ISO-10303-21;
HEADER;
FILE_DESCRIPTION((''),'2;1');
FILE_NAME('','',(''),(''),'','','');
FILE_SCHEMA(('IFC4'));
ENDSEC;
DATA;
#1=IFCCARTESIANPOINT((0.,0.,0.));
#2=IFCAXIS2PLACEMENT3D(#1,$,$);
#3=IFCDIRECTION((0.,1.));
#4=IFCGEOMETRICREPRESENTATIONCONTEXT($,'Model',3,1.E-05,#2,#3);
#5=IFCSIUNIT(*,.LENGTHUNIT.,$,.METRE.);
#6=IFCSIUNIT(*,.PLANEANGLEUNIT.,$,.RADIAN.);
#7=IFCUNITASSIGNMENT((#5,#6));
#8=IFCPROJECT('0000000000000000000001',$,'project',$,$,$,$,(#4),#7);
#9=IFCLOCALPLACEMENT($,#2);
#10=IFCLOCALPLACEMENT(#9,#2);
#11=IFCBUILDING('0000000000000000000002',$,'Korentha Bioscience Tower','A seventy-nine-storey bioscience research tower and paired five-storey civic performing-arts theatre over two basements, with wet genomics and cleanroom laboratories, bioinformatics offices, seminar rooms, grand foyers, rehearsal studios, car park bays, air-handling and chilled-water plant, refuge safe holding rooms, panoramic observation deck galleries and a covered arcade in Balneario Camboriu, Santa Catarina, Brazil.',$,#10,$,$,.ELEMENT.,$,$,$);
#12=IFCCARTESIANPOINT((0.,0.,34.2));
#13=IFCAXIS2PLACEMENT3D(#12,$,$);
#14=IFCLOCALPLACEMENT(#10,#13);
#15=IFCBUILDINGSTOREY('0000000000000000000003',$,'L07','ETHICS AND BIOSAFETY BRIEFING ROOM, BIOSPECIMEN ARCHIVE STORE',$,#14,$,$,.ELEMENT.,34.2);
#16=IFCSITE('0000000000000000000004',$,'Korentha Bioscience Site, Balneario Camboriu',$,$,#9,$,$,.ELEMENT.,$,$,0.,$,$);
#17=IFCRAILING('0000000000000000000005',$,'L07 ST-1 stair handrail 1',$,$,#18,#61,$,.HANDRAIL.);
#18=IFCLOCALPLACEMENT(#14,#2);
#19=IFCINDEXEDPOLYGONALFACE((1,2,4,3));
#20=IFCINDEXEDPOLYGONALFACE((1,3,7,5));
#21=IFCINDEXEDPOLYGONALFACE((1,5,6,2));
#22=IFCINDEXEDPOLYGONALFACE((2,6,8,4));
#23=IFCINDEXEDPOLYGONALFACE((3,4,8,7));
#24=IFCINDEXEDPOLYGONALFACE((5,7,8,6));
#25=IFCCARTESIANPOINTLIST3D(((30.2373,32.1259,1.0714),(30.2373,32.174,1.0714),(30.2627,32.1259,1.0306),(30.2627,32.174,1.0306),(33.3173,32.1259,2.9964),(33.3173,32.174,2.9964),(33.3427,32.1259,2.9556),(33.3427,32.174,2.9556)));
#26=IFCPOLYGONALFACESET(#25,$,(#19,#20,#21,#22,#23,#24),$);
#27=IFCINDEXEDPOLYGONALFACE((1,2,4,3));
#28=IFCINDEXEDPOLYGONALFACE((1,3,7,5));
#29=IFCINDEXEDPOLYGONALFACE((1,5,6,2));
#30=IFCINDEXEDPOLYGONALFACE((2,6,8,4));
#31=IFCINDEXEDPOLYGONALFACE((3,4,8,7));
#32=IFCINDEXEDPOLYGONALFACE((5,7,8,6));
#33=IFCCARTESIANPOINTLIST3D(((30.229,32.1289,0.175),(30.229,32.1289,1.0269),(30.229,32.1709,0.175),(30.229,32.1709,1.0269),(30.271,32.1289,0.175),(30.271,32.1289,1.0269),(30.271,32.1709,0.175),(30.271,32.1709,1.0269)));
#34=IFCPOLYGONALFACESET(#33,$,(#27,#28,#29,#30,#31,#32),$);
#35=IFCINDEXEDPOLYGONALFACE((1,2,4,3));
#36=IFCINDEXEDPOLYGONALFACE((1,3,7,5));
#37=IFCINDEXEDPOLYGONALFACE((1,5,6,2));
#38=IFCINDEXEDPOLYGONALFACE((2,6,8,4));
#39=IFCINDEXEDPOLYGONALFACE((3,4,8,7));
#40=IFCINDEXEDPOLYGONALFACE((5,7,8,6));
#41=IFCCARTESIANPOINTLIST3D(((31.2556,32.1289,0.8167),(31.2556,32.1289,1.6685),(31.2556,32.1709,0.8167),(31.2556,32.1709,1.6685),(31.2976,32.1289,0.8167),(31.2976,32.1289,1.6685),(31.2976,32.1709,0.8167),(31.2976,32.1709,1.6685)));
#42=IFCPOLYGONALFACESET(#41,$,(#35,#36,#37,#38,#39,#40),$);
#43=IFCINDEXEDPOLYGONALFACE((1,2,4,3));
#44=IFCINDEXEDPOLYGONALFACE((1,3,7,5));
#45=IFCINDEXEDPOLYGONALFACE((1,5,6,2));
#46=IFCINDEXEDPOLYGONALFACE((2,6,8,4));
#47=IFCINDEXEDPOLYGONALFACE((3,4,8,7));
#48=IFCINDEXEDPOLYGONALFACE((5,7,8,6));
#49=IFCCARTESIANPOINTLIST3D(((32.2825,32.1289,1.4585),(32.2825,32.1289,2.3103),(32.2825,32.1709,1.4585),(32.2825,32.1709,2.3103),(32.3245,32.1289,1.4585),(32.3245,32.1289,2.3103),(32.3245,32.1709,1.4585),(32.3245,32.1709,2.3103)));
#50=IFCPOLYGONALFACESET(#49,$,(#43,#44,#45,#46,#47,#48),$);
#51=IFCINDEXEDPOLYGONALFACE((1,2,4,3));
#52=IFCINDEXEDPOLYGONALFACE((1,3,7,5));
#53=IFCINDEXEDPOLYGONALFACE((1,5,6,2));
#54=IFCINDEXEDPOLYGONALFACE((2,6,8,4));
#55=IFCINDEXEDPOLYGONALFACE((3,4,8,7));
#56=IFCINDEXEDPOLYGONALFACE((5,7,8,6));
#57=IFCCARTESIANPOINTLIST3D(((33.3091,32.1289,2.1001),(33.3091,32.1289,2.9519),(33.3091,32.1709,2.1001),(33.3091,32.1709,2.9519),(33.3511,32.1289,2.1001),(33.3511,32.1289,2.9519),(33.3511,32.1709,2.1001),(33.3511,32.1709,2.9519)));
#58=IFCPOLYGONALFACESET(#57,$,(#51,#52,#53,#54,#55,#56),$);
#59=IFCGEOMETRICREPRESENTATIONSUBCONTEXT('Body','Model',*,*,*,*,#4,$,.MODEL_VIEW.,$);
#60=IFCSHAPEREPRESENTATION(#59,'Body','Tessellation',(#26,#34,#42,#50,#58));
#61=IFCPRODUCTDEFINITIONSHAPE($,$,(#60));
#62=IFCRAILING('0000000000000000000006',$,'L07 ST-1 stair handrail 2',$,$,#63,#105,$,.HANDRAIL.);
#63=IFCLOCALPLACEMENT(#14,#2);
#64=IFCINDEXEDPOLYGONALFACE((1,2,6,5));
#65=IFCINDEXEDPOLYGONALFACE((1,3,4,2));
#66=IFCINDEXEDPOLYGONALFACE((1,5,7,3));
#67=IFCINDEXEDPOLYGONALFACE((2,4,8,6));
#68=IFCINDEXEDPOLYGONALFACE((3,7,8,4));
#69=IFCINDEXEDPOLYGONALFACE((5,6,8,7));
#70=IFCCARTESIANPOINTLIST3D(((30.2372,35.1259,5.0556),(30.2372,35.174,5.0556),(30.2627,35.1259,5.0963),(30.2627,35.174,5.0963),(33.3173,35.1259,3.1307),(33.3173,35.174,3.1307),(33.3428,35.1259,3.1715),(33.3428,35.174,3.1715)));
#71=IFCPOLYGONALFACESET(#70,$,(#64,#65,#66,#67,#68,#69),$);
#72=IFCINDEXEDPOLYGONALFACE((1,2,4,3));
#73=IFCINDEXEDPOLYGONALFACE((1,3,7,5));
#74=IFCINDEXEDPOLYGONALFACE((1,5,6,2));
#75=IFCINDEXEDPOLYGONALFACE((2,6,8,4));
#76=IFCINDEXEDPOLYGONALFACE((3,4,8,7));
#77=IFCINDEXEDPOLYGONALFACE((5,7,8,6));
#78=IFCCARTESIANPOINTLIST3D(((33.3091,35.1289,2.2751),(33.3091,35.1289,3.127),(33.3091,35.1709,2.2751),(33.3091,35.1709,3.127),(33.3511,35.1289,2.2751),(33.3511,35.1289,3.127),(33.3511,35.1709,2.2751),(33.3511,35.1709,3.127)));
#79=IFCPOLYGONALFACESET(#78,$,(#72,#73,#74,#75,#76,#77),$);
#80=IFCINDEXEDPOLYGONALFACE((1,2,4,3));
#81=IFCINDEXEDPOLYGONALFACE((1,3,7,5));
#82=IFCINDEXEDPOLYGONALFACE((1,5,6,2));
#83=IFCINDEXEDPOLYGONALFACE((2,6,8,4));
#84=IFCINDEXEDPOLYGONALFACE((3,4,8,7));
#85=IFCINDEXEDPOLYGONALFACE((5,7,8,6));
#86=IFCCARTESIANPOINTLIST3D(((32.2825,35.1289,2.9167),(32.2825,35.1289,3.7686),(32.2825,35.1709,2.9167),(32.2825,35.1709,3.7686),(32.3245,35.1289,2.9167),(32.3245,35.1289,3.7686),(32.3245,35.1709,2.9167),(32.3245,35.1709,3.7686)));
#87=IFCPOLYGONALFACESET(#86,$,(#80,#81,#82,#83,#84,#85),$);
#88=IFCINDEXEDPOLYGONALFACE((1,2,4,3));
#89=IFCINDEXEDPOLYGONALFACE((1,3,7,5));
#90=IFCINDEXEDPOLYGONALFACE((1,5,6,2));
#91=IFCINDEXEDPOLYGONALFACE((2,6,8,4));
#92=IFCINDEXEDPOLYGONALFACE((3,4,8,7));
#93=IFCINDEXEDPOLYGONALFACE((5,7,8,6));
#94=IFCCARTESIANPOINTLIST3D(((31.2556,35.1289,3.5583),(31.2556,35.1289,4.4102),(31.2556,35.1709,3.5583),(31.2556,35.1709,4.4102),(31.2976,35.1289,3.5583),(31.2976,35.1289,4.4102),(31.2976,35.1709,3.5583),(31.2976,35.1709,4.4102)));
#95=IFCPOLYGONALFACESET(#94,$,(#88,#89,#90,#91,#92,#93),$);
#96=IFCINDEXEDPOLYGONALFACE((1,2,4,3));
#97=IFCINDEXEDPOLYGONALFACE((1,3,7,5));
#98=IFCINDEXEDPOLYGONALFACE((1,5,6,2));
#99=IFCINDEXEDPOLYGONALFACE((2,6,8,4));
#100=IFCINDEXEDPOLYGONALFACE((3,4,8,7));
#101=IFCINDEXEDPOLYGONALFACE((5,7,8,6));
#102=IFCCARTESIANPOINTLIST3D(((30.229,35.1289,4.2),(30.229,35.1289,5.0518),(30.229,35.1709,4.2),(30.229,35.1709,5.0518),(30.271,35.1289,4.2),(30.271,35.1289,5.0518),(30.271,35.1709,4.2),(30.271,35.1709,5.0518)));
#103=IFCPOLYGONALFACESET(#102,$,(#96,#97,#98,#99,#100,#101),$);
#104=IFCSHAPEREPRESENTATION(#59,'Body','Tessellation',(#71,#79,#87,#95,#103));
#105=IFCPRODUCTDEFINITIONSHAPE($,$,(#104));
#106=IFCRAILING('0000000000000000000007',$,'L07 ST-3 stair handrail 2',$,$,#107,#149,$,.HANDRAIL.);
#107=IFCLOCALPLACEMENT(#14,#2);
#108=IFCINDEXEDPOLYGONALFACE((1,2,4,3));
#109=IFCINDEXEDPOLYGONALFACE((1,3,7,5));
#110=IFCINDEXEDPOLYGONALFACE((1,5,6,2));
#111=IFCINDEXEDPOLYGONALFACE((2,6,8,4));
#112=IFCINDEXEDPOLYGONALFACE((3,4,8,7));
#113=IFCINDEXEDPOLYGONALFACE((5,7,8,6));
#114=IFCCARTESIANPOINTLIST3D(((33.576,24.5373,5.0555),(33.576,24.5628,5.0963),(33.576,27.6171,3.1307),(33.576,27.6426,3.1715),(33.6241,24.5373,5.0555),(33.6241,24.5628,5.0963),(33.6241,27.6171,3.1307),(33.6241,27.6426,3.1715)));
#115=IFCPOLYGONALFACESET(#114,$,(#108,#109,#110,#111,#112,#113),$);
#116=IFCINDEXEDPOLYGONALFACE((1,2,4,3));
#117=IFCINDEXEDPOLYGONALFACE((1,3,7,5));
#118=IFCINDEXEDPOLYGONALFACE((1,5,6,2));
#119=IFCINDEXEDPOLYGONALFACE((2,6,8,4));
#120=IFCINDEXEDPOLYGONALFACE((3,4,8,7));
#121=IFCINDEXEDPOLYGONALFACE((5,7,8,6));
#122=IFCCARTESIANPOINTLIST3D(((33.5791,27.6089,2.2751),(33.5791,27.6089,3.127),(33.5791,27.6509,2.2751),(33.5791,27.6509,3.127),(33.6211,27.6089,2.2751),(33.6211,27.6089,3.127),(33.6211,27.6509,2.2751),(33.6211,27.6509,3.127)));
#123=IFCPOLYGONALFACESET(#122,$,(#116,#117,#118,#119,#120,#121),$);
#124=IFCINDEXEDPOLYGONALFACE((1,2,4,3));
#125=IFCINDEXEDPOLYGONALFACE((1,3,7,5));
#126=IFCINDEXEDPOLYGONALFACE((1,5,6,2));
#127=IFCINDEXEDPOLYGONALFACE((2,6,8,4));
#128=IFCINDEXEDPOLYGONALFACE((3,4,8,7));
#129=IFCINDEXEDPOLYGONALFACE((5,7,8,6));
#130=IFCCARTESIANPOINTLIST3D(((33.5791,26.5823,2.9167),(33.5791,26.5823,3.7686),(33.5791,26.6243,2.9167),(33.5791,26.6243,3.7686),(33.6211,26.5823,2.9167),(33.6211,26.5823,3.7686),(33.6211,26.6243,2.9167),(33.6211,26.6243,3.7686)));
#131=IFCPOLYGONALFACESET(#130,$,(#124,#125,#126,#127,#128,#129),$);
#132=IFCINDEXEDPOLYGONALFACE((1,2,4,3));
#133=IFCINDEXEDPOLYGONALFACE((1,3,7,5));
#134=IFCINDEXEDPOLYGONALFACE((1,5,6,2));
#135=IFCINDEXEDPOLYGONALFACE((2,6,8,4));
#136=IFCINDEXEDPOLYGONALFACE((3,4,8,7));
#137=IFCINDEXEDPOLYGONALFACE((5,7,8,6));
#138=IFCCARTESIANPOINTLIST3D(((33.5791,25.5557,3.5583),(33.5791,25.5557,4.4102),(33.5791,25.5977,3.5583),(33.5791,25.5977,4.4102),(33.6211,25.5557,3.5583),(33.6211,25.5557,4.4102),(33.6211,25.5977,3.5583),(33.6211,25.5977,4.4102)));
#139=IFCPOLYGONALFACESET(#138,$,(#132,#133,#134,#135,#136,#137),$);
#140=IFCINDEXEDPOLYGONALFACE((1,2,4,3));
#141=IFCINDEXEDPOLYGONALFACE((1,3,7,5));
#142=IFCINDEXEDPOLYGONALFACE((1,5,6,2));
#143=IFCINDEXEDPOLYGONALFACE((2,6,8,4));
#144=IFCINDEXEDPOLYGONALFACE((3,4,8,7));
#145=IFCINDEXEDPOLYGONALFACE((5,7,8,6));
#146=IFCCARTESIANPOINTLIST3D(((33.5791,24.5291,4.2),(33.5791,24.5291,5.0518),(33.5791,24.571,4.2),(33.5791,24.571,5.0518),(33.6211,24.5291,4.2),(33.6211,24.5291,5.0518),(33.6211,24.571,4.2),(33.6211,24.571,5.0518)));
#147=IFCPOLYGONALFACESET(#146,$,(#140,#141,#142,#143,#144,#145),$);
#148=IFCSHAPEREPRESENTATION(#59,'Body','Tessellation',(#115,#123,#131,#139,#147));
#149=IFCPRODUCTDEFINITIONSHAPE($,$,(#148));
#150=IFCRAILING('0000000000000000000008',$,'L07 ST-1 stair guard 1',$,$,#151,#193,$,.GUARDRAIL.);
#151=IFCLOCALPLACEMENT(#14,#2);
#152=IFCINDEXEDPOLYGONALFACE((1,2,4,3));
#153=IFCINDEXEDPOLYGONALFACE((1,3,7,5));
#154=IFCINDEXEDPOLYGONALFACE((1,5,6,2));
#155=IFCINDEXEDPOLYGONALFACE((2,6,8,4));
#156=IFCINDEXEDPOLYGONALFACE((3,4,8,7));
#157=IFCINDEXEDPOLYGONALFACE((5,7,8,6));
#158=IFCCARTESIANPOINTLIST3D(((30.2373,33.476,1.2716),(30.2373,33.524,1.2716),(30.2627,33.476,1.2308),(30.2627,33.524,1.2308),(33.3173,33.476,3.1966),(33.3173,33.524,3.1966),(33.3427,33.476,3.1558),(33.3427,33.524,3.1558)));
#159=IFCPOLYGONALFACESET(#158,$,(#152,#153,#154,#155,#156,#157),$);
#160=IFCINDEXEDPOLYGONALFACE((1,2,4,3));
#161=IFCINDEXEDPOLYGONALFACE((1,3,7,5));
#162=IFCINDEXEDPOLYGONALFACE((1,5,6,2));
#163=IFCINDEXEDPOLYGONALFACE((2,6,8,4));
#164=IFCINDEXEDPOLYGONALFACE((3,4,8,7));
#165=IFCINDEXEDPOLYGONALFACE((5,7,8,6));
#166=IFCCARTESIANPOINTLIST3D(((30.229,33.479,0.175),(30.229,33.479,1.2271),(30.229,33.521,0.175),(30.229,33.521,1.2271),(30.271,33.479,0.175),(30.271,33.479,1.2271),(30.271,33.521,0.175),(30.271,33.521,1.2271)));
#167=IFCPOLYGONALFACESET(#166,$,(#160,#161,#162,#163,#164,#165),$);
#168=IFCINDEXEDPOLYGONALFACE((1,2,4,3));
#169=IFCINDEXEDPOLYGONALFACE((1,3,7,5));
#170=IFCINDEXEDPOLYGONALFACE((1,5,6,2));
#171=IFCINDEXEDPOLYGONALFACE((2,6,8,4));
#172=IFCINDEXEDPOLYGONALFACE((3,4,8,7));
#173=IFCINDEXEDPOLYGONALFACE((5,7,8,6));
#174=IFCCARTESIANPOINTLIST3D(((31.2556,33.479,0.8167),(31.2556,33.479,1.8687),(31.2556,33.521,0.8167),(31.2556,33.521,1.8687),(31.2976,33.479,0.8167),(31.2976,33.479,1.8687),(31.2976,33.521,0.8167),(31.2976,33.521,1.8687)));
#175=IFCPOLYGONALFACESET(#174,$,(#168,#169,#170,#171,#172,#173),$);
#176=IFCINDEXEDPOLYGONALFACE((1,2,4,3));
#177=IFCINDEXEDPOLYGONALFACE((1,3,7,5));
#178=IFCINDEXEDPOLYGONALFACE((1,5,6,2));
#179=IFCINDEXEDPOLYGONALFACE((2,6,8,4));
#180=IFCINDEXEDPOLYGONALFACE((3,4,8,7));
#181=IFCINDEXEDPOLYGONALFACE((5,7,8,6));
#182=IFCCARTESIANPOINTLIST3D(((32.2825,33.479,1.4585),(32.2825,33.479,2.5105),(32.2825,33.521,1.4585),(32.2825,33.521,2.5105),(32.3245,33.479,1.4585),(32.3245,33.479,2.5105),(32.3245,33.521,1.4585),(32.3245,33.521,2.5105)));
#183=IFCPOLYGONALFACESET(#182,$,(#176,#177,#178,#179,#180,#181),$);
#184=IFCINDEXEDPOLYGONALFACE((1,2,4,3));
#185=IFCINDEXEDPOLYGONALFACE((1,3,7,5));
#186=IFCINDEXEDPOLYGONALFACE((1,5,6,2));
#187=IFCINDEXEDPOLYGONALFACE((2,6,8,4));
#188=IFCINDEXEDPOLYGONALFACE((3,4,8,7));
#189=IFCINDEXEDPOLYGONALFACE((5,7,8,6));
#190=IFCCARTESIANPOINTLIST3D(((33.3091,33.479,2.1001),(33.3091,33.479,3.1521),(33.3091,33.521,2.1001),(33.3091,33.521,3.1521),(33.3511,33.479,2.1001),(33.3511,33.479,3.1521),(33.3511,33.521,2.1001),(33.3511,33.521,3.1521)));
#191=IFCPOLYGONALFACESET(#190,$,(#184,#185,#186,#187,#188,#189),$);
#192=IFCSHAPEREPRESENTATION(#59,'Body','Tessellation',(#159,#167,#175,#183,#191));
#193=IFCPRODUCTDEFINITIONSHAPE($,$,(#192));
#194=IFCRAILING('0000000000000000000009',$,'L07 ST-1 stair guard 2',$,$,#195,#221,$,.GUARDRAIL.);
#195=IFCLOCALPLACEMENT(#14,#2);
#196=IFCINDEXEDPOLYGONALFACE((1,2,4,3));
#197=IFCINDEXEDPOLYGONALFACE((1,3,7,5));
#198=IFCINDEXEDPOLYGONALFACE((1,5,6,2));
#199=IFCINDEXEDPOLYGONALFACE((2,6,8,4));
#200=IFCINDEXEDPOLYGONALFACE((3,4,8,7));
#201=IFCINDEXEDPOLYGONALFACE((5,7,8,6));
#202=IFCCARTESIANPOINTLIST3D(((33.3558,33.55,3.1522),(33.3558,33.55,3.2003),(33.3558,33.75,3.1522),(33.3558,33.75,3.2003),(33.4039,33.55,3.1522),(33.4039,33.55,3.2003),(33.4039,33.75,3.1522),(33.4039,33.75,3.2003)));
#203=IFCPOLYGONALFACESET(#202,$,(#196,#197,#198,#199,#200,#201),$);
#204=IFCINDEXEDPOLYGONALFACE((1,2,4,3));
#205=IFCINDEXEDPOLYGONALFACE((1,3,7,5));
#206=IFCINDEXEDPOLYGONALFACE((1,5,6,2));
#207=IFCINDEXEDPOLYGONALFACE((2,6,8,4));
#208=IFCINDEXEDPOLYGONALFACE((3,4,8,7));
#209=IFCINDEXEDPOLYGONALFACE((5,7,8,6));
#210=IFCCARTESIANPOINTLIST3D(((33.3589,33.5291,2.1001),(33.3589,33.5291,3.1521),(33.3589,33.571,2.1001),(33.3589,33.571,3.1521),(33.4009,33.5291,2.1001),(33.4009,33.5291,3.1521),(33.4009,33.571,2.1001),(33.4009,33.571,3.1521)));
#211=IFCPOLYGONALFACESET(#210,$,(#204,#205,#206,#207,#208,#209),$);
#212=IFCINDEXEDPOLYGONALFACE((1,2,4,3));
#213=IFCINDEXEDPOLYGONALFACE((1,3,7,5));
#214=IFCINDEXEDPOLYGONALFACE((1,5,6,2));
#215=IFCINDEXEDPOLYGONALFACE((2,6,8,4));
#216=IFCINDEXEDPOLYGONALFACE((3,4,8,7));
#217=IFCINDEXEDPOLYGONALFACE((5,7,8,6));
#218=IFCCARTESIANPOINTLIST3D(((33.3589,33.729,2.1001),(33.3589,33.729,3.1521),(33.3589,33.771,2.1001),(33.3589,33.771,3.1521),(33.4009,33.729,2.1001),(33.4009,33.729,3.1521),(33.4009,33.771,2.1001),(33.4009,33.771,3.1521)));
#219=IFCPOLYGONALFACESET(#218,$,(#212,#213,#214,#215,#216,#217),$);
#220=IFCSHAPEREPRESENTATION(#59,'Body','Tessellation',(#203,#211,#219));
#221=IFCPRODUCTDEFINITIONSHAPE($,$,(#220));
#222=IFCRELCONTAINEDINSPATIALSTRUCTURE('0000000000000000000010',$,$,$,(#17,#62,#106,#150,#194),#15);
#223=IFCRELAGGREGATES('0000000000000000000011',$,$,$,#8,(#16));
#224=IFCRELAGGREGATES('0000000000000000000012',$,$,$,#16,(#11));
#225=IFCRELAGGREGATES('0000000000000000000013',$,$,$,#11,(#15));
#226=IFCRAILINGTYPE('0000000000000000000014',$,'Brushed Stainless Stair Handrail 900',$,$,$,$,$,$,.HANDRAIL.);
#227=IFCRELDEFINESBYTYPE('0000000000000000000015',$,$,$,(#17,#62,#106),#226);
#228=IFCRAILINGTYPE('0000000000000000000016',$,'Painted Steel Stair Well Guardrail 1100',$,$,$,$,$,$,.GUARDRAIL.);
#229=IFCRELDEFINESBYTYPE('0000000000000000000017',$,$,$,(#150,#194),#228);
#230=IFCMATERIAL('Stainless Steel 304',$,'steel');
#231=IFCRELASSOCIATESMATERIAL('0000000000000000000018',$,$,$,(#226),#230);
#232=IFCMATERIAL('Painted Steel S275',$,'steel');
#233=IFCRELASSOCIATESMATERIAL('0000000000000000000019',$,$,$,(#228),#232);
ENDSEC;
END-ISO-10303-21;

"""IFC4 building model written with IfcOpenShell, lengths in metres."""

from ifc_helpers import new_model, si_unit, direction, frame, origin, origin_2d, place, context, subcontext, project, spatial, rectangle, extrude, material, type_object, element, save


model = new_model("IFC4")

# Units and contexts
model_context = context("Model", 3, precision=1e-05, world=origin(), true_north=direction((0.0, 1.0)))
body_context = subcontext(model_context, "Body", "Model", "MODEL_VIEW")
ifc_project = project(units=[si_unit("LENGTHUNIT", "METRE"), si_unit("PLANEANGLEUNIT", "RADIAN")], contexts=[model_context])

# Site, building, storey
site_placement = place(None, origin())
site = spatial("IfcSite", under=ifc_project, at=site_placement, Name="Korentha Bioscience Site, Balneario Camboriu", CompositionType="ELEMENT", RefElevation=0.0)
building_placement = place(site_placement, origin())
building = spatial("IfcBuilding", under=site, at=building_placement, Name="Korentha Bioscience Tower", Description="A seventy-nine-storey bioscience research tower and paired five-storey civic performing-arts theatre over two basements, with wet genomics and cleanroom laboratories, bioinformatics offices, seminar rooms, grand foyers, rehearsal studios, car park bays, air-handling and chilled-water plant, refuge safe holding rooms, panoramic observation deck galleries and a covered arcade in Balneario Camboriu, Santa Catarina, Brazil.", CompositionType="ELEMENT")
storey_placement = place(building_placement, frame((0.0, 0.0, 34.2)))
storey = spatial("IfcBuildingStorey", under=building, at=storey_placement, Name="L07", Description="ETHICS AND BIOSAFETY BRIEFING ROOM, BIOSPECIMEN ARCHIVE STORE", CompositionType="ELEMENT", Elevation=34.2)

# Railings
ifc_material_1 = material(Name="Stainless Steel 304", Category="steel")
railing_type_1 = type_object("IfcRailingType", Name="Brushed Stainless Stair Handrail 900", PredefinedType="HANDRAIL", material=ifc_material_1)
railing_1_placement = place(storey_placement, frame((30.25, 32.1499, 0.175)))
element("IfcRailing", 1, at=railing_1_placement, inside=storey, type_object=railing_type_1, Name="L07 ST-1 stair handrail 1", PredefinedType="HANDRAIL", context=body_context, shape_type="SweptSolid", body=[
    extrude(rectangle(XDim=0.0481, YDim=0.0481, at=origin_2d()), frame((0.0, 0.0, 0.876), z_axis=(0.847998, 0.0, 0.529999), x_axis=(0.0, 1.0, 0.0)), (0.0, 0.0, 1.0), 3.6321),
    extrude(rectangle(XDim=0.042, YDim=0.042, at=origin_2d()), origin(), (0.0, 0.0, 1.0), 0.8518),
    extrude(rectangle(XDim=0.042, YDim=0.042, at=origin_2d()), frame((1.0266, 0.0, 0.6416)), (0.0, 0.0, 1.0), 0.8518),
    extrude(rectangle(XDim=0.042, YDim=0.042, at=origin_2d()), frame((2.0535, 0.0, 1.2834)), (0.0, 0.0, 1.0), 0.8518),
    extrude(rectangle(XDim=0.042, YDim=0.042, at=origin_2d()), frame((3.0801, 0.0, 1.925)), (0.0, 0.0, 1.0), 0.8518),
])
railing_2_placement = place(storey_placement, frame((33.3301, 35.1499, 2.2751)))
element("IfcRailing", 2, at=railing_2_placement, inside=storey, type_object=railing_type_1, Name="L07 ST-1 stair handrail 2", PredefinedType="HANDRAIL", context=body_context, shape_type="SweptSolid", body=[
    extrude(rectangle(XDim=0.0481, YDim=0.0481, at=origin_2d()), frame((0.0, 0.0, 0.876), z_axis=(-0.848029, 0.0, 0.529951), x_axis=(0.0, -1.0, 0.0)), (0.0, 0.0, 1.0), 3.6321),
    extrude(rectangle(XDim=0.042, YDim=0.042, at=origin_2d()), origin(), (0.0, 0.0, 1.0), 0.8518),
    extrude(rectangle(XDim=0.042, YDim=0.042, at=origin_2d()), frame((-1.0266, 0.0, 0.6416)), (0.0, 0.0, 1.0), 0.8518),
    extrude(rectangle(XDim=0.042, YDim=0.042, at=origin_2d()), frame((-2.0535, 0.0, 1.2832)), (0.0, 0.0, 1.0), 0.8518),
    extrude(rectangle(XDim=0.042, YDim=0.042, at=origin_2d()), frame((-3.0801, 0.0, 1.9248)), (0.0, 0.0, 1.0), 0.8518),
])
railing_3_placement = place(storey_placement, frame((33.6001, 27.6299, 2.2751)))
element("IfcRailing", 3, at=railing_3_placement, inside=storey, type_object=railing_type_1, Name="L07 ST-3 stair handrail 2", PredefinedType="HANDRAIL", context=body_context, shape_type="SweptSolid", body=[
    extrude(rectangle(XDim=0.0481, YDim=0.0481, at=origin_2d()), frame((0.0, 0.0, 0.876), z_axis=(0.0, -0.84801, 0.529981), x_axis=(1.0, 0.0, 0.0)), (0.0, 0.0, 1.0), 3.6318),
    extrude(rectangle(XDim=0.042, YDim=0.042, at=origin_2d()), origin(), (0.0, 0.0, 1.0), 0.8518),
    extrude(rectangle(XDim=0.042, YDim=0.042, at=origin_2d()), frame((0.0, -1.0266, 0.6416)), (0.0, 0.0, 1.0), 0.8518),
    extrude(rectangle(XDim=0.042, YDim=0.042, at=origin_2d()), frame((0.0, -2.0532, 1.2832)), (0.0, 0.0, 1.0), 0.8518),
    extrude(rectangle(XDim=0.042, YDim=0.042, at=origin_2d()), frame((0.0, -3.0798, 1.9248)), (0.0, 0.0, 1.0), 0.8518),
])
ifc_material_2 = material(Name="Painted Steel S275", Category="steel")
railing_type_2 = type_object("IfcRailingType", Name="Painted Steel Stair Well Guardrail 1100", PredefinedType="GUARDRAIL", material=ifc_material_2)
railing_4_placement = place(storey_placement, frame((30.25, 33.5, 0.175)))
element("IfcRailing", 4, at=railing_4_placement, inside=storey, type_object=railing_type_2, Name="L07 ST-1 stair guard 1", PredefinedType="GUARDRAIL", context=body_context, shape_type="SweptSolid", body=[
    extrude(rectangle(XDim=0.0481, YDim=0.0481, at=origin_2d()), frame((0.0, 0.0, 1.0762), z_axis=(0.847998, 0.0, 0.529999), x_axis=(0.0, 1.0, 0.0)), (0.0, 0.0, 1.0), 3.6321),
    extrude(rectangle(XDim=0.042, YDim=0.042, at=origin_2d()), origin(), (0.0, 0.0, 1.0), 1.052),
    extrude(rectangle(XDim=0.042, YDim=0.042, at=origin_2d()), frame((1.0266, 0.0, 0.6416)), (0.0, 0.0, 1.0), 1.052),
    extrude(rectangle(XDim=0.042, YDim=0.042, at=origin_2d()), frame((2.0535, 0.0, 1.2834)), (0.0, 0.0, 1.0), 1.052),
    extrude(rectangle(XDim=0.042, YDim=0.042, at=origin_2d()), frame((3.0801, 0.0, 1.925)), (0.0, 0.0, 1.0), 1.052),
])
railing_5_placement = place(storey_placement, frame((33.3799, 33.55, 2.1001)))
element("IfcRailing", 5, at=railing_5_placement, inside=storey, type_object=railing_type_2, Name="L07 ST-1 stair guard 2", PredefinedType="GUARDRAIL", context=body_context, shape_type="SweptSolid", body=[
    extrude(rectangle(XDim=0.0481, YDim=0.0481, at=origin_2d()), frame((0.0, 0.0, 1.0762), z_axis=(0.0, 1.0, 0.0), x_axis=(-1.0, 0.0, 0.0)), (0.0, 0.0, 1.0), 0.2),
    extrude(rectangle(XDim=0.042, YDim=0.042, at=origin_2d()), origin(), (0.0, 0.0, 1.0), 1.052),
    extrude(rectangle(XDim=0.042, YDim=0.042, at=origin_2d()), frame((0.0, 0.2, 0.0)), (0.0, 0.0, 1.0), 1.052),
])

save(model, "model.ifc")
